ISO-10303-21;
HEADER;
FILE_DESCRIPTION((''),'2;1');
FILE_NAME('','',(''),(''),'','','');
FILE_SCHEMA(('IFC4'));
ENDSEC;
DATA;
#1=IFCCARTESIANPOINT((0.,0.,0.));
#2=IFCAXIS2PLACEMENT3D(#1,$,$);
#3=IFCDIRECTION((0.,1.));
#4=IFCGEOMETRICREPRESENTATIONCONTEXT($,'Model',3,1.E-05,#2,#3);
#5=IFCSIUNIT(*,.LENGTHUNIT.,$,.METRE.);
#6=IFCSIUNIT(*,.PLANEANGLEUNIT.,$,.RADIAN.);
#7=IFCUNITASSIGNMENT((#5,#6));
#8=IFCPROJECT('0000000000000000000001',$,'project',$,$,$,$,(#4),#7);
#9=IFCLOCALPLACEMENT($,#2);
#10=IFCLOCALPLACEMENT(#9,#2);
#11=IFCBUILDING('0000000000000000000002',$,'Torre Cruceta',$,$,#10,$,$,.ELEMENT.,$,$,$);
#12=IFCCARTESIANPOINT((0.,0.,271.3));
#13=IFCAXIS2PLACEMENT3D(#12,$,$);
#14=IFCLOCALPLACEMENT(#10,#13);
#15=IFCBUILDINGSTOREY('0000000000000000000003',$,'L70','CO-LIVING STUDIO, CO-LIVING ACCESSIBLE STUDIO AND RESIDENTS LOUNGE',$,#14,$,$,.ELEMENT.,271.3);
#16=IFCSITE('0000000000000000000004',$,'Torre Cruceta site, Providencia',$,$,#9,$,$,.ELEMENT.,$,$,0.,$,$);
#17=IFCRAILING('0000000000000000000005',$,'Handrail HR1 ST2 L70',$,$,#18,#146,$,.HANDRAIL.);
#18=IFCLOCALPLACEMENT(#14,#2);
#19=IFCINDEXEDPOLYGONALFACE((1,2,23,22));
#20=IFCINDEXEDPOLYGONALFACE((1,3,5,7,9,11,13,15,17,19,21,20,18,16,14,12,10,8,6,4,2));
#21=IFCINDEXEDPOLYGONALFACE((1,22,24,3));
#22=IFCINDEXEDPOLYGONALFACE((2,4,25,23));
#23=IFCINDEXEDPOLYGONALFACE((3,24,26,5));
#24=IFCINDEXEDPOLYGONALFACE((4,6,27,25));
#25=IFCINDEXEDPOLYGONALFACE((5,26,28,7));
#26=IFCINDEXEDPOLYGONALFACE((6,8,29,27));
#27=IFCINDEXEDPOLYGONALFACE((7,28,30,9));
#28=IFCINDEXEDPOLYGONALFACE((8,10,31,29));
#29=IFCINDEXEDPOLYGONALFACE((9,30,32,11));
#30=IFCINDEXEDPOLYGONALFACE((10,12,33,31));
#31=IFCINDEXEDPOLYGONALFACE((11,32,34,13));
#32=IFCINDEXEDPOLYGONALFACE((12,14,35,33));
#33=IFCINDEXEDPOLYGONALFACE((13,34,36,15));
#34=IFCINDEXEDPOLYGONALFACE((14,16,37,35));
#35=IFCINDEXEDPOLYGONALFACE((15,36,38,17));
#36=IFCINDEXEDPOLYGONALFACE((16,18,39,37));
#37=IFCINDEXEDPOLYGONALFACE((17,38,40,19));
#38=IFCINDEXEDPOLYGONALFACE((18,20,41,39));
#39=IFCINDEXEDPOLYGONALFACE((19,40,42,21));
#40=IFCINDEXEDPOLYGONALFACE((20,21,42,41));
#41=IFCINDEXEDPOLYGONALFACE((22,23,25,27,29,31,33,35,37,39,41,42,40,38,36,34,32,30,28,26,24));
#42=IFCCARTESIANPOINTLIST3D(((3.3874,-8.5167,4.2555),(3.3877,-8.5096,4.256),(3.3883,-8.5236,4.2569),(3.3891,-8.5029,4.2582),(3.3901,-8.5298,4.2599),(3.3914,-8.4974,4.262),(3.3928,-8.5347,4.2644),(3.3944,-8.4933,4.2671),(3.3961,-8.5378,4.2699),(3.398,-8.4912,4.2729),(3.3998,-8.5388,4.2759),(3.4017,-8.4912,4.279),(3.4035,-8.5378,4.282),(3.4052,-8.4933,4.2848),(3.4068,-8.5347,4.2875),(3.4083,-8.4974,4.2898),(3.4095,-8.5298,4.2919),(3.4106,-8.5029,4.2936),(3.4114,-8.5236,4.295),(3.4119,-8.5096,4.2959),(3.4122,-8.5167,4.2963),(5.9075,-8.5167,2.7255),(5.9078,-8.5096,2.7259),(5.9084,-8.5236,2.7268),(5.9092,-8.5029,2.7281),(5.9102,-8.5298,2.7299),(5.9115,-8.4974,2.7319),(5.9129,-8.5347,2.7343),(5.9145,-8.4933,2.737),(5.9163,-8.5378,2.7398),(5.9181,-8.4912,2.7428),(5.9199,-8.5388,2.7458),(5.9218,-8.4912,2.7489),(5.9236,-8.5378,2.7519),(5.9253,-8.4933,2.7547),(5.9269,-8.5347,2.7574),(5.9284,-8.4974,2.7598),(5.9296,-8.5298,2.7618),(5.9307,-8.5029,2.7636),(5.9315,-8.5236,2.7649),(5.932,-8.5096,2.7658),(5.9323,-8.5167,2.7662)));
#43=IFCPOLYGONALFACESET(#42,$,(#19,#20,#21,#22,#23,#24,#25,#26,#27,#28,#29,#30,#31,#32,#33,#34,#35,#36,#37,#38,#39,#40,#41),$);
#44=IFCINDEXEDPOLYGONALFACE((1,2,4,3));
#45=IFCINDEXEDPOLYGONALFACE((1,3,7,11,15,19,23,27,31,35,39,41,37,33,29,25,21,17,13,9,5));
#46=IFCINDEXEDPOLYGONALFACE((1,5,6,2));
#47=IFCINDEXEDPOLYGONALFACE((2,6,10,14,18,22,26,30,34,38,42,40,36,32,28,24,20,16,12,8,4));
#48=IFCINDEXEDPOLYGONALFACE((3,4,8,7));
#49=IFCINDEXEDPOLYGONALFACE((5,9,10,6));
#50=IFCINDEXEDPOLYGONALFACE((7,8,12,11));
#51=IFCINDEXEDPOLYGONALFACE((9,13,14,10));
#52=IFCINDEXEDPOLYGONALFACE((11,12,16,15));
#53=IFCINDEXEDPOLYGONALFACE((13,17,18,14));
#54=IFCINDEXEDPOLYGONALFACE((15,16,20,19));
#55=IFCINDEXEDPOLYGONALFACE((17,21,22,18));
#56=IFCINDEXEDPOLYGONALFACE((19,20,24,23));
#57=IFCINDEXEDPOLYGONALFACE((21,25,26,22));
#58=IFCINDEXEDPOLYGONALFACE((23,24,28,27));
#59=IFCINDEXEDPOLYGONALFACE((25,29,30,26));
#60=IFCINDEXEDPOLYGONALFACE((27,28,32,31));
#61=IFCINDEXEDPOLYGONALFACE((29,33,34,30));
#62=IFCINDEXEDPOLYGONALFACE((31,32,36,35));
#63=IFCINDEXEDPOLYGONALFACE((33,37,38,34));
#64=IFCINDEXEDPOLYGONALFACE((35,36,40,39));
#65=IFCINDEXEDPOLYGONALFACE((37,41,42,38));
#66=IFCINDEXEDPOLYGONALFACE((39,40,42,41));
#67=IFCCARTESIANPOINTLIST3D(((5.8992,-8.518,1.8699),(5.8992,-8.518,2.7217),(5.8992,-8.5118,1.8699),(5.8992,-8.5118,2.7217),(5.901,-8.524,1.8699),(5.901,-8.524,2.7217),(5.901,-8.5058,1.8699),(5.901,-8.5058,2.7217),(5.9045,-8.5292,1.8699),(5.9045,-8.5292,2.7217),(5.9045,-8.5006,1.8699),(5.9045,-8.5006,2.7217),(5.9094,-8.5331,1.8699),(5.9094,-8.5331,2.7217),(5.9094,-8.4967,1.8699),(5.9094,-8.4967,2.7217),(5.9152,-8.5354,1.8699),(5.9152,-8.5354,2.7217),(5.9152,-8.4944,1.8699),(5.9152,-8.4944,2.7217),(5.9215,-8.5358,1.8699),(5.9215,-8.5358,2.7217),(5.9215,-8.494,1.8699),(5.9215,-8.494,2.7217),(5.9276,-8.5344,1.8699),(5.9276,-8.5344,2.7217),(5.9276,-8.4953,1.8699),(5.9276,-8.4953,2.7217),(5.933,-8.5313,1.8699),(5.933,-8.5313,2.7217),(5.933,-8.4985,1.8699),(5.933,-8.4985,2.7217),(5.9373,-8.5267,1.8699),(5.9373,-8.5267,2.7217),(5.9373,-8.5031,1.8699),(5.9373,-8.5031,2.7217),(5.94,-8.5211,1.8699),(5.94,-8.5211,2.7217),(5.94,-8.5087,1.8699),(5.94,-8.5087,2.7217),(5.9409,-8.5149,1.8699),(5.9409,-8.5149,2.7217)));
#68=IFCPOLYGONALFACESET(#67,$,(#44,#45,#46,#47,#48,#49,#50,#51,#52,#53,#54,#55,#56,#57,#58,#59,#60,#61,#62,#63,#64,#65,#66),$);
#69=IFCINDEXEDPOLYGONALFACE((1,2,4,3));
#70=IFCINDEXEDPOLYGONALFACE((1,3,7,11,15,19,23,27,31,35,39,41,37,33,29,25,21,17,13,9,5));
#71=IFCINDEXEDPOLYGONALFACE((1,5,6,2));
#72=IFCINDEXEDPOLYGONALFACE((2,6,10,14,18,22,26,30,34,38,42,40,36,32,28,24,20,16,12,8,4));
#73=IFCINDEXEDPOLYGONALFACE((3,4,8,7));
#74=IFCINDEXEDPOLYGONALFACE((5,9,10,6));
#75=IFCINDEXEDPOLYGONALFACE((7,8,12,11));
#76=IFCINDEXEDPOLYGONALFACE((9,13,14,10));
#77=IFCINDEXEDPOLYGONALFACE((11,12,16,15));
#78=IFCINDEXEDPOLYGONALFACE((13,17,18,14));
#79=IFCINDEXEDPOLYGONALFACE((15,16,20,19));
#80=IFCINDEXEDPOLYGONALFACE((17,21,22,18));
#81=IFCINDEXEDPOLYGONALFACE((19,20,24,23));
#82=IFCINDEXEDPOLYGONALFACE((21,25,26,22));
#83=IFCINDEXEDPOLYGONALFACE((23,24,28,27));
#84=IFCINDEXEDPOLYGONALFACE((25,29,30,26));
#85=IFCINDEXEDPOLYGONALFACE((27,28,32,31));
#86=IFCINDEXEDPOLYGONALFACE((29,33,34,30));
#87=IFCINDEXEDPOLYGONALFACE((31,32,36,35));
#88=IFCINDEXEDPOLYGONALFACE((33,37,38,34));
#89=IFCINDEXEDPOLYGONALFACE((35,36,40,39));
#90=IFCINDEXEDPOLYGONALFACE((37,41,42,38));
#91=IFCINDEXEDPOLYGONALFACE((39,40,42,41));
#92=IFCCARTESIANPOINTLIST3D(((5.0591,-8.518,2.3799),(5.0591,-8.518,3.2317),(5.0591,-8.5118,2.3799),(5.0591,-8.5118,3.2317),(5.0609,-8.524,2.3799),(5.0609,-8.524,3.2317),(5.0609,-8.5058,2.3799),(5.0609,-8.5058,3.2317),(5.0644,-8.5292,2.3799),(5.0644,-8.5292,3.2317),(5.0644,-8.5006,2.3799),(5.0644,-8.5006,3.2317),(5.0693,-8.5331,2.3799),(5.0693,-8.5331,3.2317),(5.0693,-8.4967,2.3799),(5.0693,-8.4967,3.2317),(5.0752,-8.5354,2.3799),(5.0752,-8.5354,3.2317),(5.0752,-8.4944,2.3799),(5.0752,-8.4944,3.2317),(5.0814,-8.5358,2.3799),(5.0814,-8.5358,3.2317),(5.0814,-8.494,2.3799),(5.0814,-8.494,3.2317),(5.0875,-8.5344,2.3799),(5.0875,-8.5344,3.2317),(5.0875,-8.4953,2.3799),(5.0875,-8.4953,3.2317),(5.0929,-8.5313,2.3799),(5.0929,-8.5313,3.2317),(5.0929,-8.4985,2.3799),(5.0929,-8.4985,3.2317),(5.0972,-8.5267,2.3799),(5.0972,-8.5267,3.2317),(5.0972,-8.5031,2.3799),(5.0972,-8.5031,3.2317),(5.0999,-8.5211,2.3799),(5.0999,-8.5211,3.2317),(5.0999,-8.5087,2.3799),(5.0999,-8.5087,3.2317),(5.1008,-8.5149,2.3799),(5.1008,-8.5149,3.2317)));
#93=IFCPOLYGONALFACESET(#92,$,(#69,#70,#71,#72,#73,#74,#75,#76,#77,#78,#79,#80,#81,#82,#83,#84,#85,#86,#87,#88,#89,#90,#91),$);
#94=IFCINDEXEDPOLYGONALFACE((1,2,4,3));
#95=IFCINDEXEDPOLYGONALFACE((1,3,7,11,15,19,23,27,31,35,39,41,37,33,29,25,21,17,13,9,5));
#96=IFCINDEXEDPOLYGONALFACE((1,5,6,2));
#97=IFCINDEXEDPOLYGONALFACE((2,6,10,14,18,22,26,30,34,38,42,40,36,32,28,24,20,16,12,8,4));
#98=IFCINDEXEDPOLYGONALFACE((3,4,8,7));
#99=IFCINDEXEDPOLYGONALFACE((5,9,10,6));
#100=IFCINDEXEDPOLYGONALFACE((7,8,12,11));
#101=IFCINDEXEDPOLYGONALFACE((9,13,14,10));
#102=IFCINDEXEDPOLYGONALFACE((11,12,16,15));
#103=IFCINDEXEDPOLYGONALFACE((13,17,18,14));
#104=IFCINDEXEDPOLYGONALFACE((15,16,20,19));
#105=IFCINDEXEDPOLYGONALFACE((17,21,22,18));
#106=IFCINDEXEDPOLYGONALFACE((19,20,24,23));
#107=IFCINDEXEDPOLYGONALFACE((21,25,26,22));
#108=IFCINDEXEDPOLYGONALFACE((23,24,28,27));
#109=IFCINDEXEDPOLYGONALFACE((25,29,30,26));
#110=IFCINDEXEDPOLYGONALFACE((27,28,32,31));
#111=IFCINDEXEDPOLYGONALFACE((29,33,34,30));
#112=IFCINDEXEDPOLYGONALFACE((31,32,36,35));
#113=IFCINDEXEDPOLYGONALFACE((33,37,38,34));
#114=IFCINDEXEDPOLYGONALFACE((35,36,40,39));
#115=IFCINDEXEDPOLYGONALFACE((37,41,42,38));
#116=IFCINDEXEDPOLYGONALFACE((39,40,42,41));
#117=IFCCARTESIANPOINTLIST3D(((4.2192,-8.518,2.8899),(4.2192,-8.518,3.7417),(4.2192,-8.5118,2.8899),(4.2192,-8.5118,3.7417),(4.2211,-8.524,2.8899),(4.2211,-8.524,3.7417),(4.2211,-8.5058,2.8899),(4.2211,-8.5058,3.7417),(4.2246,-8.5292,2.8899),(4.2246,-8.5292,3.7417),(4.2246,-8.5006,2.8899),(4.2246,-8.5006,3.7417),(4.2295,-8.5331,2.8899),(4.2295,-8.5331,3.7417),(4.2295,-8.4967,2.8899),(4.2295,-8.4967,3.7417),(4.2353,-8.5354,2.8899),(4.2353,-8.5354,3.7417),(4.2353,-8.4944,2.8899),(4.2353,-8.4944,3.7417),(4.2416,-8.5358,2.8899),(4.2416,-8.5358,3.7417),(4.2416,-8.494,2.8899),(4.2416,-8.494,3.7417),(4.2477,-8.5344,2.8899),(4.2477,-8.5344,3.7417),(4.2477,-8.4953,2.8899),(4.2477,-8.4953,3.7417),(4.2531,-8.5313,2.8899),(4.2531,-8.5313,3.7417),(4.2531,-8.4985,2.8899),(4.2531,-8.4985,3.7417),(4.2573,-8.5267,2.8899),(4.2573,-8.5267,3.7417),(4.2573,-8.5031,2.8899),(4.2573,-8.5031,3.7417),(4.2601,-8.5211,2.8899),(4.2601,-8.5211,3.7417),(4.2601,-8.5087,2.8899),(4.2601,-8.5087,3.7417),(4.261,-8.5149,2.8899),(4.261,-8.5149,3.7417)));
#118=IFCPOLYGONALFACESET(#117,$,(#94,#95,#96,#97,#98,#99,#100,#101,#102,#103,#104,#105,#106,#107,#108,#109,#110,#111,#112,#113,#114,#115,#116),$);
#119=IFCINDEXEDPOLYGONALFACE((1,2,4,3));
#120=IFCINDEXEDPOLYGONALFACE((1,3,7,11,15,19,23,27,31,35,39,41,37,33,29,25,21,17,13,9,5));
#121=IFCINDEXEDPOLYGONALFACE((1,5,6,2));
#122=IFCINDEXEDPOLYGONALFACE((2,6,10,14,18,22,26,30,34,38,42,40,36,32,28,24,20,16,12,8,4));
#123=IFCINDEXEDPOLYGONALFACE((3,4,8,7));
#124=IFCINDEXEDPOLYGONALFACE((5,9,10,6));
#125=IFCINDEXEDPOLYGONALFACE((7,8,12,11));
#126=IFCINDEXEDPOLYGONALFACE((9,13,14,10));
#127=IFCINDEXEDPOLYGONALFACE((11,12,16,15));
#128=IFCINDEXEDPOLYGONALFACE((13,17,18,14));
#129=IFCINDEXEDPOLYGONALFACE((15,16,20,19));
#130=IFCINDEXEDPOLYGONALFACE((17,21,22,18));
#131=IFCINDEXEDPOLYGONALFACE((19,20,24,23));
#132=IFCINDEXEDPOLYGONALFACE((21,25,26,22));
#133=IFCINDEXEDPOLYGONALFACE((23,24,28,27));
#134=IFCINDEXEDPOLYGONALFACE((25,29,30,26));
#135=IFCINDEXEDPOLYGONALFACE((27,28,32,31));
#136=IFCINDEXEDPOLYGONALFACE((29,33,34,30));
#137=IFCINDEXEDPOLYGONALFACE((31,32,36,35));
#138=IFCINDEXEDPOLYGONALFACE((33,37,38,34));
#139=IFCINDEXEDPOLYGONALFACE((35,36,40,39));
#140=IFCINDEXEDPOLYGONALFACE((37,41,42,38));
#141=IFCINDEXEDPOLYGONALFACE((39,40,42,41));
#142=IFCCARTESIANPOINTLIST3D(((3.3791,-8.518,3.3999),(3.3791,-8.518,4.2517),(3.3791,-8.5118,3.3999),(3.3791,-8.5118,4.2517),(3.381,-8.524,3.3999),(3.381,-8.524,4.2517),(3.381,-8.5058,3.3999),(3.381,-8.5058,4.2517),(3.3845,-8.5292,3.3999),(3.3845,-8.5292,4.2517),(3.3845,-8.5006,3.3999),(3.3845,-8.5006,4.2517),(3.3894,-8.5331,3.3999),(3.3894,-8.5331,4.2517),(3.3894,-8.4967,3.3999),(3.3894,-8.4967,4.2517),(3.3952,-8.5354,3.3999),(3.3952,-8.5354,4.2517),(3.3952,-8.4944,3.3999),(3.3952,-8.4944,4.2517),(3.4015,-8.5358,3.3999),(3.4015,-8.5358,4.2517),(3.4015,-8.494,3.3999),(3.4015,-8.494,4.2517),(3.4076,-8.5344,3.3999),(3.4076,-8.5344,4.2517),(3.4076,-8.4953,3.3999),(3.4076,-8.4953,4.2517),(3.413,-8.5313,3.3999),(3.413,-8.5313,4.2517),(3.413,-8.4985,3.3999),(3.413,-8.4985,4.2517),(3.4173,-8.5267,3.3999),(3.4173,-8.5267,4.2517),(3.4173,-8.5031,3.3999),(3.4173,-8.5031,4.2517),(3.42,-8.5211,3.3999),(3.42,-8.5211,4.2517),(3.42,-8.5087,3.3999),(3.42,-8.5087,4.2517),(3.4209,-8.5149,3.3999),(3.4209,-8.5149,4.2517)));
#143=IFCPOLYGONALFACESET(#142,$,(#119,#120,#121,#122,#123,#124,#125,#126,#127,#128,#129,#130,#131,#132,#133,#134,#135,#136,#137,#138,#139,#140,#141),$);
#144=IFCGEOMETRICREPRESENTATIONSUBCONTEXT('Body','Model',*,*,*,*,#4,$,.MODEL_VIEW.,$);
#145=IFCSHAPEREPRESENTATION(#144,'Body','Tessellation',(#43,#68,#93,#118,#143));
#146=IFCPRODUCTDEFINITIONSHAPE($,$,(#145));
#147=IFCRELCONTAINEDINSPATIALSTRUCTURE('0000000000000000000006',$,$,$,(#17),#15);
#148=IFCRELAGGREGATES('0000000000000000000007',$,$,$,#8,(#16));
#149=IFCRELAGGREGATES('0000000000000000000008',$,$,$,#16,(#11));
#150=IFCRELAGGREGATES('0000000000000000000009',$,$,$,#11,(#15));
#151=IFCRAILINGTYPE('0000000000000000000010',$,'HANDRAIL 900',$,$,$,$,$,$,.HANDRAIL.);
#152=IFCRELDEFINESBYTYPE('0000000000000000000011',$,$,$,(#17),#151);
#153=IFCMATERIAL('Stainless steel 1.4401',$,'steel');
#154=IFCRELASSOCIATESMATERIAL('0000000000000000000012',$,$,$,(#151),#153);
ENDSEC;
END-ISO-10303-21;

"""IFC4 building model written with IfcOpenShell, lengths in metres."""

from ifc_helpers import new_model, si_unit, direction, frame, origin, origin_2d, place, context, subcontext, project, spatial, circle, extrude, material, type_object, element, save


model = new_model("IFC4")

# Units and contexts
model_context = context("Model", 3, precision=1e-05, world=origin(), true_north=direction((0.0, 1.0)))
body_context = subcontext(model_context, "Body", "Model", "MODEL_VIEW")
ifc_project = project(units=[si_unit("LENGTHUNIT", "METRE"), si_unit("PLANEANGLEUNIT", "RADIAN")], contexts=[model_context])

# Site, building, storey
site_placement = place(None, origin())
site = spatial("IfcSite", under=ifc_project, at=site_placement, Name="Torre Cruceta site, Providencia", CompositionType="ELEMENT", RefElevation=0.0)
building_placement = place(site_placement, origin())
building = spatial("IfcBuilding", under=site, at=building_placement, Name="Torre Cruceta", CompositionType="ELEMENT")
storey_placement = place(building_placement, frame((0.0, 0.0, 271.3)))
storey = spatial("IfcBuildingStorey", under=building, at=storey_placement, Name="L70", Description="CO-LIVING STUDIO, CO-LIVING ACCESSIBLE STUDIO AND RESIDENTS LOUNGE", CompositionType="ELEMENT", Elevation=271.3)

# Railing
ifc_material_1 = material(Name="Stainless steel 1.4401", Category="steel")
railing_type = type_object("IfcRailingType", Name="HANDRAIL 900", PredefinedType="HANDRAIL", material=ifc_material_1)
railing_placement = place(storey_placement, frame((5.9199, -8.5149, 1.8699)))
element("IfcRailing", 1, at=railing_placement, inside=storey, type_object=railing_type, Name="Handrail HR1 ST2 L70", PredefinedType="HANDRAIL", context=body_context, shape_type="SweptSolid", body=[
    extrude(circle(Radius=0.0239, at=origin_2d()), frame((0.0, 0.0, 0.876), z_axis=(-0.854785, 0.0, 0.518982), x_axis=(0.0, -1.0, 0.0)), (0.0, 0.0, 1.0), 2.9482),
    extrude(circle(Radius=0.021, at=origin_2d()), origin(), (0.0, 0.0, 1.0), 0.8518),
    extrude(circle(Radius=0.021, at=origin_2d()), frame((-0.8401, 0.0, 0.51)), (0.0, 0.0, 1.0), 0.8518),
    extrude(circle(Radius=0.021, at=origin_2d()), frame((-1.6799, 0.0, 1.02)), (0.0, 0.0, 1.0), 0.8518),
    extrude(circle(Radius=0.021, at=origin_2d()), frame((-2.52, 0.0, 1.53)), (0.0, 0.0, 1.0), 0.8518),
])

save(model, "model.ifc")
